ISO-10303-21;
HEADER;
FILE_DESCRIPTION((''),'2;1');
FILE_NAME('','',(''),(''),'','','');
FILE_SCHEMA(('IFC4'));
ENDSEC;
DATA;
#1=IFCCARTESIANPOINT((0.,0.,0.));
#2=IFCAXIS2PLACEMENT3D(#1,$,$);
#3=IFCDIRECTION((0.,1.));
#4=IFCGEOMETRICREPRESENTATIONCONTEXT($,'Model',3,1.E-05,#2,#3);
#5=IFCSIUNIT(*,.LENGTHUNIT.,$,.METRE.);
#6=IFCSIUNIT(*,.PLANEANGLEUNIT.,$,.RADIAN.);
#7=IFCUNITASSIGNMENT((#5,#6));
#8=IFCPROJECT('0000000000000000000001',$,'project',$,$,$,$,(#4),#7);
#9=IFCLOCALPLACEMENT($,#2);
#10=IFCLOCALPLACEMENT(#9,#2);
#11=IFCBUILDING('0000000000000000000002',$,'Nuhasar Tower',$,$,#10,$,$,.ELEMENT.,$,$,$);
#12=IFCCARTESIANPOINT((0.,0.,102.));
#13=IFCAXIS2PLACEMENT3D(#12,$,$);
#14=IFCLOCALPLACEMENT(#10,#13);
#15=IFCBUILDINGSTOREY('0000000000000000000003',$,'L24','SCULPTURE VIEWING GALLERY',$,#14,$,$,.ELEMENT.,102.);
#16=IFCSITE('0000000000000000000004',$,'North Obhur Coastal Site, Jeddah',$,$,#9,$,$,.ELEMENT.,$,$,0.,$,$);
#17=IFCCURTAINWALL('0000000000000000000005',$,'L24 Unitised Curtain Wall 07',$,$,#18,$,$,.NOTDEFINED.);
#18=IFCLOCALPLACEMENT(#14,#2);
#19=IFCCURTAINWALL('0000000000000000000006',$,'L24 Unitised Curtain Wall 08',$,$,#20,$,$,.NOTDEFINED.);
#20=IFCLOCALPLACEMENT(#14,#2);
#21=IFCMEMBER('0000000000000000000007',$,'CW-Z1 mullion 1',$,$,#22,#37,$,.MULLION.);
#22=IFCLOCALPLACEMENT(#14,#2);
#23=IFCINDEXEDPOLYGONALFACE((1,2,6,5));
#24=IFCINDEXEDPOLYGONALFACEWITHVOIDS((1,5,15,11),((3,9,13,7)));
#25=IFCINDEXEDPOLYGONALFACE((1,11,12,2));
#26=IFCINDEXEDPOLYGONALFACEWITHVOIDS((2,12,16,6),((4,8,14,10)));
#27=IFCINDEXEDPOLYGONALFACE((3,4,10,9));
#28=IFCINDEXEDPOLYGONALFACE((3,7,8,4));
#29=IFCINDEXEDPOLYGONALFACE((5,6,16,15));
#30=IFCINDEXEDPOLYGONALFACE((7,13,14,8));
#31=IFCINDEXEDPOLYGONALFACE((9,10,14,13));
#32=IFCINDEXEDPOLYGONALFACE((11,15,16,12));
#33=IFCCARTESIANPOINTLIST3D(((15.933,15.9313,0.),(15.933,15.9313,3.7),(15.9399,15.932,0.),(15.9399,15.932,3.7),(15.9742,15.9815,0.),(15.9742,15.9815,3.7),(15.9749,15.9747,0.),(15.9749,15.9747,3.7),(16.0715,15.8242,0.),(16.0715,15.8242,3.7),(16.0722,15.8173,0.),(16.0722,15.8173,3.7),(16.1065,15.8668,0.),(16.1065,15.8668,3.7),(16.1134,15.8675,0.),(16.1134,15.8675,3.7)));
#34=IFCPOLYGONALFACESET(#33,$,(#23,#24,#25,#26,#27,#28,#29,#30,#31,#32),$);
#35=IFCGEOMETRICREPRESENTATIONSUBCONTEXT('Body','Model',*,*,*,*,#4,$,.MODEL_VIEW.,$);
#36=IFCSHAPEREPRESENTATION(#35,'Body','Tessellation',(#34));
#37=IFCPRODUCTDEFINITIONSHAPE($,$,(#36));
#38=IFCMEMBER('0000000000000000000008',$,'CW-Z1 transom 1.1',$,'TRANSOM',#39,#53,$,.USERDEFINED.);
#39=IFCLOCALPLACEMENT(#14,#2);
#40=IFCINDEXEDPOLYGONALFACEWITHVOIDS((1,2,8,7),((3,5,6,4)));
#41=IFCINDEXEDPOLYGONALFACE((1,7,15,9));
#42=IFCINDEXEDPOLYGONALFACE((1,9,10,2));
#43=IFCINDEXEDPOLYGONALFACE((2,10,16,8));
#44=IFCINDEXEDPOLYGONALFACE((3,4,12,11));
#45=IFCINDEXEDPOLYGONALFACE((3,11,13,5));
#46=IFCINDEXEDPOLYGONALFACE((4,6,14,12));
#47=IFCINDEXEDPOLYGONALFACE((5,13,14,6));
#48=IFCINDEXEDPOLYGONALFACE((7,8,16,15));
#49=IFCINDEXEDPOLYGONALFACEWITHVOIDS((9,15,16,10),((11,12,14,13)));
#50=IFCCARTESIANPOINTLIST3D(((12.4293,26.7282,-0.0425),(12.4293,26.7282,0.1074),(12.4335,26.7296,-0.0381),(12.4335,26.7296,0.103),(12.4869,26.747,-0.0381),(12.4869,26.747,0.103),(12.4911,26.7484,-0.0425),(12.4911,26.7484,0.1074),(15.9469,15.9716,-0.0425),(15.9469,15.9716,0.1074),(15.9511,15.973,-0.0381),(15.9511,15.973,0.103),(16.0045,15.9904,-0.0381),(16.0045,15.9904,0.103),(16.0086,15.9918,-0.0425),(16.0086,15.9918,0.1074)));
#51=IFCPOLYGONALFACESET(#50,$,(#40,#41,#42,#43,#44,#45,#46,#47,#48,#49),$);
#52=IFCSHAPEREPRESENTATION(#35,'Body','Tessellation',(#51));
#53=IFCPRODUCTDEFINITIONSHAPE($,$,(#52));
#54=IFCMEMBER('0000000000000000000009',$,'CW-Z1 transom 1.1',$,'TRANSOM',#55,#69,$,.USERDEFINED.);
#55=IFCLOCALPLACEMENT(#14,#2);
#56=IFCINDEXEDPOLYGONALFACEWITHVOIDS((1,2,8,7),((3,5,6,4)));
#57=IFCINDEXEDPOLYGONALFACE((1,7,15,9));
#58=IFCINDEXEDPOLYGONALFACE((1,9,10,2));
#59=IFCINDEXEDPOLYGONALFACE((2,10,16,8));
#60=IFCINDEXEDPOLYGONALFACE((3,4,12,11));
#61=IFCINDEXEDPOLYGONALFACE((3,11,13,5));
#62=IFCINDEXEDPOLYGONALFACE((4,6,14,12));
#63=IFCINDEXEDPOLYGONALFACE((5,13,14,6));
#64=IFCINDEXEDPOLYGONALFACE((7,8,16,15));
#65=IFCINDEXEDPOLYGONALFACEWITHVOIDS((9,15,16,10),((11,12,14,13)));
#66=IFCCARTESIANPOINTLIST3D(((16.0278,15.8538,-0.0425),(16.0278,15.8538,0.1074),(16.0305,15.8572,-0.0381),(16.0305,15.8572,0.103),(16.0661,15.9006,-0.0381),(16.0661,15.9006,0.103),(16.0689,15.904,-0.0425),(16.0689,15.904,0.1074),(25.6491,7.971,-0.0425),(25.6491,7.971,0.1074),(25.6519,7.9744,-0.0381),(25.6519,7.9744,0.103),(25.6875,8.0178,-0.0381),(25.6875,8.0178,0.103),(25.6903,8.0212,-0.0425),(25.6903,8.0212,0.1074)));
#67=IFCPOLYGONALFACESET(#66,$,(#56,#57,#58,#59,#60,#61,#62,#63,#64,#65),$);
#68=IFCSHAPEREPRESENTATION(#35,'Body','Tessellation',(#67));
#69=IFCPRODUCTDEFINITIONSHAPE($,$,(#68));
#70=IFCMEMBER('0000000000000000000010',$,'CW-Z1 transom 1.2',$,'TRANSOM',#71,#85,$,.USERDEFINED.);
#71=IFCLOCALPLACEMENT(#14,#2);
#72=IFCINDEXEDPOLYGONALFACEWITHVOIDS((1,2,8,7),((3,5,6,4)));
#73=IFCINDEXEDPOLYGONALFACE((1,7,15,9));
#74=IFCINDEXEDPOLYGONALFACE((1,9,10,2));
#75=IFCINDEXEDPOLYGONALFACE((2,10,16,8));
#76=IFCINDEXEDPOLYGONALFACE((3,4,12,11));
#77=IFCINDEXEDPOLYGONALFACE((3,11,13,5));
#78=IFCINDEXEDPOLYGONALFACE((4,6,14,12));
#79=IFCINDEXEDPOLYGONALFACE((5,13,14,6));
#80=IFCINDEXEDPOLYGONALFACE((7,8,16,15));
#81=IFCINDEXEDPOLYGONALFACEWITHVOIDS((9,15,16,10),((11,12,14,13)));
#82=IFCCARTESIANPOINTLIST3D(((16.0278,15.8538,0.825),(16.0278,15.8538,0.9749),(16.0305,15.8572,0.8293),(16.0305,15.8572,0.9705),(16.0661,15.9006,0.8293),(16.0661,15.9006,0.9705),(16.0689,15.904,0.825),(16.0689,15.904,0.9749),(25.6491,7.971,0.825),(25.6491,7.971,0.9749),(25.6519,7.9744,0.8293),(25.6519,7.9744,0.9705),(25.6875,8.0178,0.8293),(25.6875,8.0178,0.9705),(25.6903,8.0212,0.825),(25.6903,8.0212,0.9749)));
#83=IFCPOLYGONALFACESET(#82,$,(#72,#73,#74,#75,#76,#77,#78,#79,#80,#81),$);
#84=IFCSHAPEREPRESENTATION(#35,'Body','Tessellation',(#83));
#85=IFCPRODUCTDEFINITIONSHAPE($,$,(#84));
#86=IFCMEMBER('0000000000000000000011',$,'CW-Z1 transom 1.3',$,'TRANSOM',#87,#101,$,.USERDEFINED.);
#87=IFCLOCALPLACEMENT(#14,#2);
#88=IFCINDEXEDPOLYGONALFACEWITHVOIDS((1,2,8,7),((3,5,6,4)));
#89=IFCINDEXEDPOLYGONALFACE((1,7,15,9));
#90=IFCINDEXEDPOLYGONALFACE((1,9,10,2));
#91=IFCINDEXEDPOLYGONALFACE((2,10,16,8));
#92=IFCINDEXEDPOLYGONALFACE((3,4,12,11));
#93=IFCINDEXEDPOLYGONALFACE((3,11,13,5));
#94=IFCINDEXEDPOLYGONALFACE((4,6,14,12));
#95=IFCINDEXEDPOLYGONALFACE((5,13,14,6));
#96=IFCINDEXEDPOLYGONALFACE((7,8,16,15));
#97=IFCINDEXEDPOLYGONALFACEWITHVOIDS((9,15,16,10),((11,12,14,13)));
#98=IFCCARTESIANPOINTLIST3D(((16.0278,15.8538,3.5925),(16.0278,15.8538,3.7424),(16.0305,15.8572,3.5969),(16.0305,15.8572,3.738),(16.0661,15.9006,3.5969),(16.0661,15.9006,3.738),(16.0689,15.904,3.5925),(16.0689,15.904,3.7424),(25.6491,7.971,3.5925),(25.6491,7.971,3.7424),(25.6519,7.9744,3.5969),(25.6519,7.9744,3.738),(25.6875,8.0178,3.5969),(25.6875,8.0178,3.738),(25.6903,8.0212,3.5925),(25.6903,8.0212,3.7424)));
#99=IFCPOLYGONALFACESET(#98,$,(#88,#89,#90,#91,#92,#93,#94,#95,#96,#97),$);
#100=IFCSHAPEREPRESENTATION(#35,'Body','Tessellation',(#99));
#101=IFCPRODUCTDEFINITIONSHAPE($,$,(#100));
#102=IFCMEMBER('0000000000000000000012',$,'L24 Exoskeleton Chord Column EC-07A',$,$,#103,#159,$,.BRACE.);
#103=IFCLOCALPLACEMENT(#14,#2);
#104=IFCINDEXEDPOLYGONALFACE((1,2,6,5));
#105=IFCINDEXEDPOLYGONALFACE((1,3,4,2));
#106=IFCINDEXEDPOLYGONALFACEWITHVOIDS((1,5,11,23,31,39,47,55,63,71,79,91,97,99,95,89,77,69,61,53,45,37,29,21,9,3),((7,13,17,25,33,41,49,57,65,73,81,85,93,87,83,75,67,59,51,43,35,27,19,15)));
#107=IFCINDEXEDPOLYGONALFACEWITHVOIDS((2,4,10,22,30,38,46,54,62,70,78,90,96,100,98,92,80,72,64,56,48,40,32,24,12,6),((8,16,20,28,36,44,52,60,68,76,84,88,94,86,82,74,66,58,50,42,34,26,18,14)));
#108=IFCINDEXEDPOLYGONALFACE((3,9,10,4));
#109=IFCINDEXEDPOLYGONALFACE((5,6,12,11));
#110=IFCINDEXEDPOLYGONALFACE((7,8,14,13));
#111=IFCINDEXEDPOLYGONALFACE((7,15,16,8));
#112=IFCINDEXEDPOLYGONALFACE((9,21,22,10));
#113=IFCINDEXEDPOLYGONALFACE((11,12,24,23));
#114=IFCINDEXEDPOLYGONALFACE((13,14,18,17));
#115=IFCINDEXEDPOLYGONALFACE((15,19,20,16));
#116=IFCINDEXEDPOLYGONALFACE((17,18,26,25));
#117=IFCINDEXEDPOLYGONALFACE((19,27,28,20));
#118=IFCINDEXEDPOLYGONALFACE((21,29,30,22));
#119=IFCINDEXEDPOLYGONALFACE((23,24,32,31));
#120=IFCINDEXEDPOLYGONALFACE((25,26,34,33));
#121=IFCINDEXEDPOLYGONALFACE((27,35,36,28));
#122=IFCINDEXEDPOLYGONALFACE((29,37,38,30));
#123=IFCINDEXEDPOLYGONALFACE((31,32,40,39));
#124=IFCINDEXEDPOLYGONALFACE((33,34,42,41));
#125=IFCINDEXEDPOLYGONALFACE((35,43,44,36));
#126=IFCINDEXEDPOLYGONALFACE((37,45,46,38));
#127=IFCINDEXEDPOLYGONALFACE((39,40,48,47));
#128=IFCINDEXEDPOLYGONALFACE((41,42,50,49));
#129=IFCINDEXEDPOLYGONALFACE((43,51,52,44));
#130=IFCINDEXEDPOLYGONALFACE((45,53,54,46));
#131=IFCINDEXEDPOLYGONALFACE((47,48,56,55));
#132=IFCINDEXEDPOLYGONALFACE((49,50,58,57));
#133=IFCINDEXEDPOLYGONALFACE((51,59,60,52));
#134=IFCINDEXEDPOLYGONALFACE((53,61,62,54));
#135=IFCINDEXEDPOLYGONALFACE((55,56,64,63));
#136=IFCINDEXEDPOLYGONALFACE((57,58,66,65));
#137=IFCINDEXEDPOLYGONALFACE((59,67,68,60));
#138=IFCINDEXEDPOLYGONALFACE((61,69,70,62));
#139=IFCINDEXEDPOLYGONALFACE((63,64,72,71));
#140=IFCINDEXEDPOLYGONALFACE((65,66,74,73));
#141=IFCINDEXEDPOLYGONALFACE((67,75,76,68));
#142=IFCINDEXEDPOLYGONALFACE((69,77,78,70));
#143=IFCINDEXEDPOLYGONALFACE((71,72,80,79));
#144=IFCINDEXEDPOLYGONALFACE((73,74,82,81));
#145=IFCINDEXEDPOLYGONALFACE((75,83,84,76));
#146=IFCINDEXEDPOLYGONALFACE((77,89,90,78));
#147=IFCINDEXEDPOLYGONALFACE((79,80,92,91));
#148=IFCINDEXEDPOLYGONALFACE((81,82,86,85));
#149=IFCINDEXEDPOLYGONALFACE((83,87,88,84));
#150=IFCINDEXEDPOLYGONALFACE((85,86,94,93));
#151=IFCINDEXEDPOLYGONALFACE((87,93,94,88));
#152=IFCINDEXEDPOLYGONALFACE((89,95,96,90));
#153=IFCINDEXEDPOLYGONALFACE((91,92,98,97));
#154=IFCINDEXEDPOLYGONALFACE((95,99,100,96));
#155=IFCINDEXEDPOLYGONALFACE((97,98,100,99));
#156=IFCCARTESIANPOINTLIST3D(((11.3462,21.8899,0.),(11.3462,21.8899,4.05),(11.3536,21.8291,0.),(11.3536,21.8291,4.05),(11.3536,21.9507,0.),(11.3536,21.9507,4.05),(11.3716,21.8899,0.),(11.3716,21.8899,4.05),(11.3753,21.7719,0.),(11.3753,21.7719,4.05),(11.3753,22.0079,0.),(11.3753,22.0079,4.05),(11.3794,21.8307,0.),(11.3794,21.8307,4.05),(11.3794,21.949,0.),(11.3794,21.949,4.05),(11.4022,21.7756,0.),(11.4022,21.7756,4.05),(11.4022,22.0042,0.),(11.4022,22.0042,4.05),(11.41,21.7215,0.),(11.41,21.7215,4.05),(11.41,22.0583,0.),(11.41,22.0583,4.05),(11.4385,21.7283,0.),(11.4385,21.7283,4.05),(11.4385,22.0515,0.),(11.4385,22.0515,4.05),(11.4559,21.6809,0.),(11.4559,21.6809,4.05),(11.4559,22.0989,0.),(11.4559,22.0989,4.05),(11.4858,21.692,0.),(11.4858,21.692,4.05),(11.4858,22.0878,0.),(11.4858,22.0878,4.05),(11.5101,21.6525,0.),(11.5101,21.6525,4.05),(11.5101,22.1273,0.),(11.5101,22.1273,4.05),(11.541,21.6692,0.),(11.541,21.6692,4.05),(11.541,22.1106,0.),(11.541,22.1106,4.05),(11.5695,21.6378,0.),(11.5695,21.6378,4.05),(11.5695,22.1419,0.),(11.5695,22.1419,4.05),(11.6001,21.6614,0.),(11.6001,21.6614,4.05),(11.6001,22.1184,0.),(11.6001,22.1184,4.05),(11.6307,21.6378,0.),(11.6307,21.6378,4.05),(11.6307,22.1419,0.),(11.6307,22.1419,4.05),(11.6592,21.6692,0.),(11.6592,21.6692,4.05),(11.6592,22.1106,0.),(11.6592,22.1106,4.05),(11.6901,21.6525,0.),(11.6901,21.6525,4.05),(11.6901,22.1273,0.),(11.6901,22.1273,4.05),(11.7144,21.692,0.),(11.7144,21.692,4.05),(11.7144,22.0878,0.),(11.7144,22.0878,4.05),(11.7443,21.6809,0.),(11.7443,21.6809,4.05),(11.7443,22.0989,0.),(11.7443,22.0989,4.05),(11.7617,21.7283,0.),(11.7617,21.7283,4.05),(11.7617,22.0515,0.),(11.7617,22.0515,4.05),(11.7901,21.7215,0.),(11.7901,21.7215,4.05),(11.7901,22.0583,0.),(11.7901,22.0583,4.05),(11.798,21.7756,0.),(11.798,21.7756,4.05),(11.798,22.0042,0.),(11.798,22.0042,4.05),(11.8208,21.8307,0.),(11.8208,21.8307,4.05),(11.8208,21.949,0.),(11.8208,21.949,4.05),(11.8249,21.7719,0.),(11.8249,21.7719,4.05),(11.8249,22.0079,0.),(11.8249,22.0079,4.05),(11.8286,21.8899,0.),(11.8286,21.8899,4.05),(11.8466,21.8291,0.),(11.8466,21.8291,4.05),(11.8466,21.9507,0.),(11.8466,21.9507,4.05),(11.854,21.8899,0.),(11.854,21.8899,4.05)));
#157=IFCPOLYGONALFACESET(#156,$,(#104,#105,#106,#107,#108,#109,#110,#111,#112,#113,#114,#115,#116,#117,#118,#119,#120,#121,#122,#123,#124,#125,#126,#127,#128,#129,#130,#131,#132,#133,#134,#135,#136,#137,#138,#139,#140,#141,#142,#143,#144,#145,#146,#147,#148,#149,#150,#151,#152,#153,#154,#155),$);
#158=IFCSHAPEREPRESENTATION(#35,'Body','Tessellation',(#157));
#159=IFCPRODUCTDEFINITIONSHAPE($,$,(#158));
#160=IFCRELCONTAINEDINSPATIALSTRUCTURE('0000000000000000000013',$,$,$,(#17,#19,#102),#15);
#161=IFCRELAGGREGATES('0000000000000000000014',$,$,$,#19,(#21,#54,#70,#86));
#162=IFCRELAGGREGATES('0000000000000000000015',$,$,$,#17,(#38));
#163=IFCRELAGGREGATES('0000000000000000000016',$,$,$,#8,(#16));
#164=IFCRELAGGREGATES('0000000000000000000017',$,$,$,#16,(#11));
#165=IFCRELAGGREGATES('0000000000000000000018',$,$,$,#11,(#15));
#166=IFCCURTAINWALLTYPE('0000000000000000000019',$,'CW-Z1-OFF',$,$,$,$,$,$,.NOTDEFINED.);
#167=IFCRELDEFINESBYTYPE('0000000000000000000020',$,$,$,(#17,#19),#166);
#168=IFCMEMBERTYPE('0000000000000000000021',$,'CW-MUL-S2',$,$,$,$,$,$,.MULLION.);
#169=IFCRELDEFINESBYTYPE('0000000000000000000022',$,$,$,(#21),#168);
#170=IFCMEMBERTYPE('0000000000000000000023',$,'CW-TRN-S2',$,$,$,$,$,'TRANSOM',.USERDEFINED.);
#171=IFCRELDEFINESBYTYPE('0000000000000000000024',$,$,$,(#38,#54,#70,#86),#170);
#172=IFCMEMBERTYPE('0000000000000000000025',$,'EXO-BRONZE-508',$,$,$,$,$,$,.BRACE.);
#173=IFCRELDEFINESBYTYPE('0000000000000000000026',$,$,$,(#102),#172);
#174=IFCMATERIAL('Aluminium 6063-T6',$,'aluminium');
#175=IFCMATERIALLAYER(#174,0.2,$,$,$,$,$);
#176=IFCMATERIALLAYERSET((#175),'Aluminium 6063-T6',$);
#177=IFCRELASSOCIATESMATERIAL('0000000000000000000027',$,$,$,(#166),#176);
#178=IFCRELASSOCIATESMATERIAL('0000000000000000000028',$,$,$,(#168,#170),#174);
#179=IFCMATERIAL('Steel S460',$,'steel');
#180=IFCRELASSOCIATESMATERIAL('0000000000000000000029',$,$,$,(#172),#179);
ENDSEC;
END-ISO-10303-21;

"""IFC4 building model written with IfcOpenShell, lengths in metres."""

from ifc_helpers import new_model, si_unit, direction, frame, origin, origin_2d, place, context, subcontext, project, spatial, hollow_rectangle, hollow_circle, extrude, material, layer, layer_set, material_profile, profile_set, type_object, element, aggregate, save


model = new_model("IFC4")

# Units and contexts
model_context = context("Model", 3, precision=1e-05, world=origin(), true_north=direction((0.0, 1.0)))
body_context = subcontext(model_context, "Body", "Model", "MODEL_VIEW")
ifc_project = project(units=[si_unit("LENGTHUNIT", "METRE"), si_unit("PLANEANGLEUNIT", "RADIAN")], contexts=[model_context])

# Site, building, storey
site_placement = place(None, origin())
site = spatial("IfcSite", under=ifc_project, at=site_placement, Name="North Obhur Coastal Site, Jeddah", CompositionType="ELEMENT", RefElevation=0.0)
building_placement = place(site_placement, origin())
building = spatial("IfcBuilding", under=site, at=building_placement, Name="Nuhasar Tower", CompositionType="ELEMENT")
storey_placement = place(building_placement, frame((0.0, 0.0, 102.0)))
storey = spatial("IfcBuildingStorey", under=building, at=storey_placement, Name="L24", Description="SCULPTURE VIEWING GALLERY", CompositionType="ELEMENT", Elevation=102.0)

# Curtain walls, member
ifc_material_1 = material(Name="Aluminium 6063-T6", Category="aluminium")
ifc_layer_1 = layer(ifc_material_1, 0.2)
ifc_layer_set_1 = layer_set([ifc_layer_1], Name="Aluminium 6063-T6")
curtain_wall_type = type_object("IfcCurtainWallType", Name="CW-Z1-OFF", PredefinedType="NOTDEFINED", material=ifc_layer_set_1)
curtain_wall_1_placement = place(storey_placement, origin())
curtain_wall_1 = element("IfcCurtainWall", 1, at=curtain_wall_1_placement, inside=storey, type_object=curtain_wall_type, Name="L24 Unitised Curtain Wall 07", PredefinedType="NOTDEFINED")
ifc_material_profile_1 = material_profile(ifc_material_1, hollow_rectangle(XDim=0.0649, YDim=0.1799, WallThickness=0.0049, at=origin_2d()), Name="CWM-2")
ifc_profile_set_1 = profile_set([ifc_material_profile_1], Name="Aluminium 6063-T6")
member_type_1 = type_object("IfcMemberType", Name="CW-MUL-S2", PredefinedType="MULLION", material=ifc_profile_set_1)
curtain_wall_2_placement = place(storey_placement, origin())
curtain_wall_2 = element("IfcCurtainWall", 2, at=curtain_wall_2_placement, inside=storey, type_object=curtain_wall_type, Name="L24 Unitised Curtain Wall 08", PredefinedType="NOTDEFINED")
member_1_placement = place(storey_placement, frame((16.0232, 15.8994, 0.0), z_axis=(0.0, 0.0, 1.0), x_axis=(0.633745, 0.773542, 0.0)))
member_1 = element("IfcMember", 3, at=member_1_placement, type_object=member_type_1, Name="CW-Z1 mullion 1", PredefinedType="MULLION", context=body_context, shape_type="SweptSolid", body=[
    extrude(hollow_rectangle(XDim=0.0649, YDim=0.1799, WallThickness=0.0049, at=origin_2d()), origin(), (0.0, 0.0, 1.0), 3.7),
])

# Members
ifc_material_profile_2 = material_profile(ifc_material_1, hollow_rectangle(XDim=0.0649, YDim=0.1499, WallThickness=0.0044, at=origin_2d()), Name="CWT-2")
ifc_profile_set_2 = profile_set([ifc_material_profile_2], Name="Aluminium 6063-T6")
member_type_2 = type_object("IfcMemberType", Name="CW-TRN-S2", ElementType="TRANSOM", PredefinedType="USERDEFINED", material=ifc_profile_set_2)
member_2_placement = place(storey_placement, frame((12.4602, 26.7383, 0.0325), z_axis=(0.310819, -0.950469, 0.0), x_axis=(0.950469, 0.310819, 0.0)))
member_2 = element("IfcMember", 4, at=member_2_placement, type_object=member_type_2, Name="CW-Z1 transom 1.1", ObjectType="TRANSOM", PredefinedType="USERDEFINED", context=body_context, shape_type="SweptSolid", body=[
    extrude(hollow_rectangle(XDim=0.0649, YDim=0.1499, WallThickness=0.0044, at=origin_2d()), origin(), (0.0, 0.0, 1.0), 11.3171),
])
member_3_placement = place(storey_placement, frame((16.0483, 15.8789, 0.0325), z_axis=(0.773531, -0.633758, 0.0), x_axis=(0.633758, 0.773531, 0.0)))
member_3 = element("IfcMember", 5, at=member_3_placement, type_object=member_type_2, Name="CW-Z1 transom 1.1", ObjectType="TRANSOM", PredefinedType="USERDEFINED", context=body_context, shape_type="SweptSolid", body=[
    extrude(hollow_rectangle(XDim=0.0649, YDim=0.1499, WallThickness=0.0044, at=origin_2d()), origin(), (0.0, 0.0, 1.0), 12.4382),
])
member_4_placement = place(storey_placement, frame((16.0483, 15.8789, 0.8999), z_axis=(0.773531, -0.633758, 0.0), x_axis=(0.633758, 0.773531, 0.0)))
member_4 = element("IfcMember", 6, at=member_4_placement, type_object=member_type_2, Name="CW-Z1 transom 1.2", ObjectType="TRANSOM", PredefinedType="USERDEFINED", context=body_context, shape_type="SweptSolid", body=[
    extrude(hollow_rectangle(XDim=0.0649, YDim=0.1499, WallThickness=0.0044, at=origin_2d()), origin(), (0.0, 0.0, 1.0), 12.4382),
])
member_5_placement = place(storey_placement, frame((16.0483, 15.8789, 3.6675), z_axis=(0.773531, -0.633758, 0.0), x_axis=(0.633758, 0.773531, 0.0)))
member_5 = element("IfcMember", 7, at=member_5_placement, type_object=member_type_2, Name="CW-Z1 transom 1.3", ObjectType="TRANSOM", PredefinedType="USERDEFINED", context=body_context, shape_type="SweptSolid", body=[
    extrude(hollow_rectangle(XDim=0.0649, YDim=0.1499, WallThickness=0.0044, at=origin_2d()), origin(), (0.0, 0.0, 1.0), 12.4382),
])
aggregate(curtain_wall_2, [member_1, member_3, member_4, member_5])

# Member
ifc_material_2 = material(Name="Steel S460", Category="steel")
ifc_material_profile_3 = material_profile(ifc_material_2, hollow_circle(Radius=0.2539, WallThickness=0.0254, at=origin_2d()), Name="HSS508X25.4")
ifc_profile_set_3 = profile_set([ifc_material_profile_3], Name="Steel S460")
member_type_3 = type_object("IfcMemberType", Name="EXO-BRONZE-508", PredefinedType="BRACE", material=ifc_profile_set_3)
for number, where, z_axis, x_axis, name in (
    (8, (11.6001, 21.8899, 0.0), (0.0, 0.0, 1.0), (1.0, 0.0, 0.0), "L24 Exoskeleton Chord Column EC-07A"),
):
    element("IfcMember", number, at=place(storey_placement, frame(where, z_axis=z_axis, x_axis=x_axis)), inside=storey, type_object=member_type_3, Name=name, PredefinedType="BRACE", context=body_context, shape_type="SweptSolid", body=[
        extrude(hollow_circle(Radius=0.2539, WallThickness=0.0254, at=origin_2d()), origin(), (0.0, 0.0, 1.0), 4.05),
    ])

aggregate(curtain_wall_1, [member_2])

save(model, "model.ifc")
